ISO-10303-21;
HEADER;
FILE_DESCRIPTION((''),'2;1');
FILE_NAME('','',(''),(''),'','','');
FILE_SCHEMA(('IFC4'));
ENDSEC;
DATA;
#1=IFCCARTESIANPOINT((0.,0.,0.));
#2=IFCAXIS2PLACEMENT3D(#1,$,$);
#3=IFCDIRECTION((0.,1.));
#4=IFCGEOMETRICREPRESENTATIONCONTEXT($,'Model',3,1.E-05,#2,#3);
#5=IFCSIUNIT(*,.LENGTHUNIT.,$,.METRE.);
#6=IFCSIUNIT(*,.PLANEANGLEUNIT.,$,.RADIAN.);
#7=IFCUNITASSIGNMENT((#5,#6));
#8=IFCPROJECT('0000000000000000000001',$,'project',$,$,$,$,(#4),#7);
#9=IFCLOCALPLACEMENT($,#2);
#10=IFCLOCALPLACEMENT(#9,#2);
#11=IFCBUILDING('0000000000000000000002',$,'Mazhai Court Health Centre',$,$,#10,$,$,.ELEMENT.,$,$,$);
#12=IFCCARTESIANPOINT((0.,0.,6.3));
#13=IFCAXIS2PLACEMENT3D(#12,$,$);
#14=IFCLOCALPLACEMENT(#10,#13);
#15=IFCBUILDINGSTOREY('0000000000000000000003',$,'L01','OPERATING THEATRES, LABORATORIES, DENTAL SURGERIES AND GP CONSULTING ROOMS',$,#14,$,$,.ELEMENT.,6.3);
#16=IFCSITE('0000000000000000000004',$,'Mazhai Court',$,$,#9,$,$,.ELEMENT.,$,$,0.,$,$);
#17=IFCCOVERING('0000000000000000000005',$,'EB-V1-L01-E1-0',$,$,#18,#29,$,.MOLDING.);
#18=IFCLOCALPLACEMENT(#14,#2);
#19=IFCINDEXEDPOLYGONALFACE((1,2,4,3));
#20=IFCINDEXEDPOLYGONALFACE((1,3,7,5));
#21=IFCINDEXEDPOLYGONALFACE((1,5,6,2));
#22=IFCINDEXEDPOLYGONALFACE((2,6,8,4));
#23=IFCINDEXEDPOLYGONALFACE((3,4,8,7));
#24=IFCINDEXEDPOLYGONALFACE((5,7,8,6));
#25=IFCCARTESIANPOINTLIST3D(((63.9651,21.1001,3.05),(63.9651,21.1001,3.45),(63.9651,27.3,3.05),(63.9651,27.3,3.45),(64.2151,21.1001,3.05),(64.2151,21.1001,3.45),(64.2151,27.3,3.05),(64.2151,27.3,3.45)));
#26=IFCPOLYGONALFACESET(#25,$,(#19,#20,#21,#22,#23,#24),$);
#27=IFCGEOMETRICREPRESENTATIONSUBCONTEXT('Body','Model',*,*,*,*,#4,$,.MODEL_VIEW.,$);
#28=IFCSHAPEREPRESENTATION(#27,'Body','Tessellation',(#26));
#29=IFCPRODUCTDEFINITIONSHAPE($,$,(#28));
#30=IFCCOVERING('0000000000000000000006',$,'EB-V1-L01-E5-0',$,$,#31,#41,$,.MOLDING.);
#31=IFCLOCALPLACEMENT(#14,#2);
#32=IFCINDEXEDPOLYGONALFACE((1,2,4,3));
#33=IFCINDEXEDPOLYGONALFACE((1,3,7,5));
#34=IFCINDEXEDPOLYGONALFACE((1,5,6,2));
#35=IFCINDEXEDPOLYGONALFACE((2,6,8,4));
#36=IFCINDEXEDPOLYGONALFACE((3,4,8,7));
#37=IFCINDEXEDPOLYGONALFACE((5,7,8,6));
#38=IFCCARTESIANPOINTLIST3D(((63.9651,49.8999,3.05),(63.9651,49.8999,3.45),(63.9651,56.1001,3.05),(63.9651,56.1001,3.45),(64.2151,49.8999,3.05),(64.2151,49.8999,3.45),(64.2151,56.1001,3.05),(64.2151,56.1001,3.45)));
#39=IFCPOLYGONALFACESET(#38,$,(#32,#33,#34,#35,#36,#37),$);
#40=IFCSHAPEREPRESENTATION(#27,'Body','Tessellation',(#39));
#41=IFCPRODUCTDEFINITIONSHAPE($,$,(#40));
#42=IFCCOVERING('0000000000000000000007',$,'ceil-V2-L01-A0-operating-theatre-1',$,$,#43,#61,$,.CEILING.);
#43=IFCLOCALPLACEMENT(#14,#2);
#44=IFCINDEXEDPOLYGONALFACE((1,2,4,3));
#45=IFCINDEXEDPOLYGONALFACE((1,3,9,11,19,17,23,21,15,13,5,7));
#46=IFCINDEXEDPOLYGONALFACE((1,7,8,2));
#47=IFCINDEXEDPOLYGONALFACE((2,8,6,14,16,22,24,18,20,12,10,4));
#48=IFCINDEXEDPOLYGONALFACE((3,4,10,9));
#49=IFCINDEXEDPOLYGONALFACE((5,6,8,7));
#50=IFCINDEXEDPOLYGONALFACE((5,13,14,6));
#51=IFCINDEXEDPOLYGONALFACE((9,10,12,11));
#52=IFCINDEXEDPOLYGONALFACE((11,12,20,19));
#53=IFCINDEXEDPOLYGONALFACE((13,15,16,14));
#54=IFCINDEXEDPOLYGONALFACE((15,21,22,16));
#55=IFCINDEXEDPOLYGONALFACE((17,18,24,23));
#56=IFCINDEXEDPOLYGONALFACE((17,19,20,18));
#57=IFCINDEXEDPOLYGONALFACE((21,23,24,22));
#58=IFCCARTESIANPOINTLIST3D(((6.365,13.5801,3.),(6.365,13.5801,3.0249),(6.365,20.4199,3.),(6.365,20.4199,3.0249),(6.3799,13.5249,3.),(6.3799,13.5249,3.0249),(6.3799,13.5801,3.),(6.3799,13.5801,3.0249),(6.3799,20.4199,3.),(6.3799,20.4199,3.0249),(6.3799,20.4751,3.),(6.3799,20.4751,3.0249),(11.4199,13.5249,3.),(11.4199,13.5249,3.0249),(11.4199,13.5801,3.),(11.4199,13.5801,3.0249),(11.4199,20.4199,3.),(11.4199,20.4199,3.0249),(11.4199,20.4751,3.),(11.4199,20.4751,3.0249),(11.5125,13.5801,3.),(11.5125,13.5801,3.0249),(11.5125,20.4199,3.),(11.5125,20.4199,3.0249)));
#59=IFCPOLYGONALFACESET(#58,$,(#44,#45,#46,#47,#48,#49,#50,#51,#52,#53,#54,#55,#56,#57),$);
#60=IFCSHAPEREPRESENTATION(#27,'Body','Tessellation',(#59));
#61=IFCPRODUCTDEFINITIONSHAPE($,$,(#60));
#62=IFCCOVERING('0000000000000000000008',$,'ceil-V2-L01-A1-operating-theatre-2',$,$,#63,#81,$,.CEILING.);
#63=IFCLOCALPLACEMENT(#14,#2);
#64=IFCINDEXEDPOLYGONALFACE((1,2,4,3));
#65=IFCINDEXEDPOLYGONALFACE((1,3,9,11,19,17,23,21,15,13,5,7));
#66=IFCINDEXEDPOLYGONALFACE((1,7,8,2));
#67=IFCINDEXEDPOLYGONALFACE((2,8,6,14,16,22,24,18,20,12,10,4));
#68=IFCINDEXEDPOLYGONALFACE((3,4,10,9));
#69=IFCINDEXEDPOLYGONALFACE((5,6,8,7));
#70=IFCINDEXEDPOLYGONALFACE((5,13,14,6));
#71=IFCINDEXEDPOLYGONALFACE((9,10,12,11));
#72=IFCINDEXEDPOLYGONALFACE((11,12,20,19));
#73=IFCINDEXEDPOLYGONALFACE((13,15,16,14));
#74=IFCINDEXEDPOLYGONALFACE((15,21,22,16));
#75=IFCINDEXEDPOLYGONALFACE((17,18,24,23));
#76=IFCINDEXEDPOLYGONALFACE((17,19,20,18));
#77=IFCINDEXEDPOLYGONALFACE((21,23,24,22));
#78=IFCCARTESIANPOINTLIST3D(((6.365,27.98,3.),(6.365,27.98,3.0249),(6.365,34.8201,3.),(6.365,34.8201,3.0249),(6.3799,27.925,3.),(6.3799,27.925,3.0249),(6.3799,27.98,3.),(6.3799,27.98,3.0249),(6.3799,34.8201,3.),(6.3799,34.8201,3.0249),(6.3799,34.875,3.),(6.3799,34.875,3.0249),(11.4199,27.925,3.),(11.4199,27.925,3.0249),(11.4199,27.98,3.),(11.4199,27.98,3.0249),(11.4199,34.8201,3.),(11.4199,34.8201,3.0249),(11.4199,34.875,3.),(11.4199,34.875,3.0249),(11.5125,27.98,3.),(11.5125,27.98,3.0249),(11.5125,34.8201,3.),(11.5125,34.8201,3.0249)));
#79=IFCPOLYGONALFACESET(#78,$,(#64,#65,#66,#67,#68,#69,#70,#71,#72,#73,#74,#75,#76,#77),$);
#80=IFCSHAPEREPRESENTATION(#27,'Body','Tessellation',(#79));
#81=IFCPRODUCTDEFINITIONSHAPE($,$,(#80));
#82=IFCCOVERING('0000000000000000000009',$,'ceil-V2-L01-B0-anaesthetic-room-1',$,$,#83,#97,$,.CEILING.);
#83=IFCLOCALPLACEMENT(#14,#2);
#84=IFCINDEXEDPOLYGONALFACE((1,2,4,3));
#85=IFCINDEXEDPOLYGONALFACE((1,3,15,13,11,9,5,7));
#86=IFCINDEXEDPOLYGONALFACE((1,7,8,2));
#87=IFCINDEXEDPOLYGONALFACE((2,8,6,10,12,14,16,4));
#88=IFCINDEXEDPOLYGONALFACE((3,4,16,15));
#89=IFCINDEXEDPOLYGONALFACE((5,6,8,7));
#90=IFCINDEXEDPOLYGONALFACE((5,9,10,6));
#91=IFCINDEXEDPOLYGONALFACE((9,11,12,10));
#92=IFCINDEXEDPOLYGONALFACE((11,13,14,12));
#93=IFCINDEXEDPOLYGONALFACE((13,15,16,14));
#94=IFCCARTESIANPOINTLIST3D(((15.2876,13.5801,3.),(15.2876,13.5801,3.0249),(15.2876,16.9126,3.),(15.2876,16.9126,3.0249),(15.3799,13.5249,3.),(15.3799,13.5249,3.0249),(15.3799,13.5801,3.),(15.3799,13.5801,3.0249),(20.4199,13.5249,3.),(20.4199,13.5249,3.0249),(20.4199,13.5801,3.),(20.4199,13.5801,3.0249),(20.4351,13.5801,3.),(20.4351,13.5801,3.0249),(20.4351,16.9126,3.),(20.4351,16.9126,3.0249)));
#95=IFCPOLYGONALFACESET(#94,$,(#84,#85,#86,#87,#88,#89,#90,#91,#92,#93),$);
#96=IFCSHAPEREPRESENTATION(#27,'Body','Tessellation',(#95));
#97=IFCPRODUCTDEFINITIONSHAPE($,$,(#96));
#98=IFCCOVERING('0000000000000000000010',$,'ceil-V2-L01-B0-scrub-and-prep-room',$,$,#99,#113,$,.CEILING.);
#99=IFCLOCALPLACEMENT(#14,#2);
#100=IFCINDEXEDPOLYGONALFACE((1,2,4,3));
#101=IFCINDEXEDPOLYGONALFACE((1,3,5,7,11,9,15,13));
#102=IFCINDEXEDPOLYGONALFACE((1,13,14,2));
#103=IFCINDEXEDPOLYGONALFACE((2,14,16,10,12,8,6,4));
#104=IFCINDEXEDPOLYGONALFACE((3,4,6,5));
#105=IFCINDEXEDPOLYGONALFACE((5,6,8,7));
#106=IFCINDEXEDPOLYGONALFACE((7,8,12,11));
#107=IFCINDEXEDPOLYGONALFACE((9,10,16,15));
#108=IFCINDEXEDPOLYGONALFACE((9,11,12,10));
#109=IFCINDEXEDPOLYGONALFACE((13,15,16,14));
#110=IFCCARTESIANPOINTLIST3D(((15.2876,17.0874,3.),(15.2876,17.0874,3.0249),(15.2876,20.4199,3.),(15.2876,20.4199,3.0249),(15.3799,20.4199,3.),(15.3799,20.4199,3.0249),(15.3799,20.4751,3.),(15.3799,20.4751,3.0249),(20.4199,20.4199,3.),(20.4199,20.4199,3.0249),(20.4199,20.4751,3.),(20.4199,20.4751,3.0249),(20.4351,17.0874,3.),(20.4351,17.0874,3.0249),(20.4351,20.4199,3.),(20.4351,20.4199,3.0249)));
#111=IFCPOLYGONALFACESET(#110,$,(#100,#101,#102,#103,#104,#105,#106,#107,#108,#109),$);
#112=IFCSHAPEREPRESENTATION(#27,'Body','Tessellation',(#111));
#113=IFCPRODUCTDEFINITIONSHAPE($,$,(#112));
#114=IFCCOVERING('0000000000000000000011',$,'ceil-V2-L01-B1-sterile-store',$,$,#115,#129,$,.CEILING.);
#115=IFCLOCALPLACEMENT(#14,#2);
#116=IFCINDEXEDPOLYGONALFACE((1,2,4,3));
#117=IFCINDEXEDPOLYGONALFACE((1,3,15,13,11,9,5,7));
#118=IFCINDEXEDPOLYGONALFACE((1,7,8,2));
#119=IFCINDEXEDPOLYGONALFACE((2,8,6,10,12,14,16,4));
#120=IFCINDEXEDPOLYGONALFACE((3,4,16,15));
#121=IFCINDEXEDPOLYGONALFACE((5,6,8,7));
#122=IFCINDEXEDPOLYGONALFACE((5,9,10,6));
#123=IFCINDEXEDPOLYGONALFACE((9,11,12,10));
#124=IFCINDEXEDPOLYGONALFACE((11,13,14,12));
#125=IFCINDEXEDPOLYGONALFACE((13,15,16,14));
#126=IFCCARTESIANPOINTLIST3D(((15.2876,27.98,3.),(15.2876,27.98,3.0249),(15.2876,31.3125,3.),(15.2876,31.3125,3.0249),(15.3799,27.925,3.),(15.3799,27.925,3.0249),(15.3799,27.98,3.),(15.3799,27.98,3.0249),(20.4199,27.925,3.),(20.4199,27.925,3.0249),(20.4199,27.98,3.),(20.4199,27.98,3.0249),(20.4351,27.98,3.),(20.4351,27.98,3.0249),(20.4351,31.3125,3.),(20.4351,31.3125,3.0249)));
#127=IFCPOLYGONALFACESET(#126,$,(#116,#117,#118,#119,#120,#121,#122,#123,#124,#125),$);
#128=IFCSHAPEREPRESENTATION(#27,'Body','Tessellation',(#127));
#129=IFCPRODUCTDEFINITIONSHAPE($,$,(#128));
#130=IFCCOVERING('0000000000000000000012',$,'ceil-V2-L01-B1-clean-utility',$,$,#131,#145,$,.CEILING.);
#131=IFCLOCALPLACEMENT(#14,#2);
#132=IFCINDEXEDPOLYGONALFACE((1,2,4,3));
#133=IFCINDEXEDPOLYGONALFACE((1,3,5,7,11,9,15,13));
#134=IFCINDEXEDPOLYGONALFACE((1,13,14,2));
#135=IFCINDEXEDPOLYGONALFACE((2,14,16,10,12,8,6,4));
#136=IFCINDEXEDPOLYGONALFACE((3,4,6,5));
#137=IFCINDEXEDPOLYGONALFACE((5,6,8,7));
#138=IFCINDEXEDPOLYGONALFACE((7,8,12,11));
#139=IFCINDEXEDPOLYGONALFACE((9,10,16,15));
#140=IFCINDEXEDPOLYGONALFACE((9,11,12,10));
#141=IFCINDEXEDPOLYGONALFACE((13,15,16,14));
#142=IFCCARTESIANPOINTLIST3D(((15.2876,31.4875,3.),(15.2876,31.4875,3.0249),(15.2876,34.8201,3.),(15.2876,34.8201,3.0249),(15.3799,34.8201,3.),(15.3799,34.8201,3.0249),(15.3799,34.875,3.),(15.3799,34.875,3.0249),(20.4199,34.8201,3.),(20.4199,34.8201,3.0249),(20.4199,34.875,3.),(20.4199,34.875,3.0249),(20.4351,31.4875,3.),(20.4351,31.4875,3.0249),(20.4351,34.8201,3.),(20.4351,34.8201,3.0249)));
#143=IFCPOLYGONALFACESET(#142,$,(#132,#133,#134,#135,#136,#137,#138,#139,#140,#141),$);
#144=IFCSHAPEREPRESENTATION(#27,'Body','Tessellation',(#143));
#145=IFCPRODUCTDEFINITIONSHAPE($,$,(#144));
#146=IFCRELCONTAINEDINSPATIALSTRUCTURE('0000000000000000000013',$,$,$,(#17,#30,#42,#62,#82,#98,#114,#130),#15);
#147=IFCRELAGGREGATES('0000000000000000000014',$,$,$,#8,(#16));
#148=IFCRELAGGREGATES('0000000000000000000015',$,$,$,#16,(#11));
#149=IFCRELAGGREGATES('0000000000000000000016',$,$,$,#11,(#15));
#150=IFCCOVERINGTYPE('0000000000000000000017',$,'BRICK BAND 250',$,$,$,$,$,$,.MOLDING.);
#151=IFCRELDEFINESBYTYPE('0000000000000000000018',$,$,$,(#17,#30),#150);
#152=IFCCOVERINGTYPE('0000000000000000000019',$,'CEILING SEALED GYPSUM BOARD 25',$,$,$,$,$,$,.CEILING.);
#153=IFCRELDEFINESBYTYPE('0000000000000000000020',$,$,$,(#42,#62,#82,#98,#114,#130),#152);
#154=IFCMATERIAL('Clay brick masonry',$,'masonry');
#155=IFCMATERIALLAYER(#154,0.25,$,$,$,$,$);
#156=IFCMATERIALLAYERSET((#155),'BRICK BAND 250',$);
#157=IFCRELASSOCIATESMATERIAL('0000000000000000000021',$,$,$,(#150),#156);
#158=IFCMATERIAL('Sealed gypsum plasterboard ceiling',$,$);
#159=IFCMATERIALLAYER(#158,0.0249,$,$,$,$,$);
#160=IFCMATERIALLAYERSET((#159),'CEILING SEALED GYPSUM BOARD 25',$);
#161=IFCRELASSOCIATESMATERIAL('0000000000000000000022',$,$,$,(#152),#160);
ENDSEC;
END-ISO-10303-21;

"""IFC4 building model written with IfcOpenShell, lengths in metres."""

from ifc_helpers import new_model, si_unit, direction, frame, origin, place, context, subcontext, project, spatial, polyline, outline, extrude, material, layer, layer_set, type_object, element, save


model = new_model("IFC4")

# Units and contexts
model_context = context("Model", 3, precision=1e-05, world=origin(), true_north=direction((0.0, 1.0)))
body_context = subcontext(model_context, "Body", "Model", "MODEL_VIEW")
ifc_project = project(units=[si_unit("LENGTHUNIT", "METRE"), si_unit("PLANEANGLEUNIT", "RADIAN")], contexts=[model_context])

# Site, building, storey
site_placement = place(None, origin())
site = spatial("IfcSite", under=ifc_project, at=site_placement, Name="Mazhai Court", CompositionType="ELEMENT", RefElevation=0.0)
building_placement = place(site_placement, origin())
building = spatial("IfcBuilding", under=site, at=building_placement, Name="Mazhai Court Health Centre", CompositionType="ELEMENT")
storey_placement = place(building_placement, frame((0.0, 0.0, 6.3)))
storey = spatial("IfcBuildingStorey", under=building, at=storey_placement, Name="L01", Description="OPERATING THEATRES, LABORATORIES, DENTAL SURGERIES AND GP CONSULTING ROOMS", CompositionType="ELEMENT", Elevation=6.3)

# Coverings
ifc_material_1 = material(Name="Clay brick masonry", Category="masonry")
ifc_layer_1 = layer(ifc_material_1, 0.25)
ifc_layer_set_1 = layer_set([ifc_layer_1], Name="BRICK BAND 250")
covering_type_1 = type_object("IfcCoveringType", Name="BRICK BAND 250", PredefinedType="MOLDING", material=ifc_layer_set_1)
covering_1_placement = place(storey_placement, frame((0.0, 0.0, 3.05)))
element("IfcCovering", 1, at=covering_1_placement, inside=storey, type_object=covering_type_1, Name="EB-V1-L01-E1-0", PredefinedType="MOLDING", context=body_context, shape_type="SweptSolid", body=[
    extrude(outline(polyline([(63.9651, 27.3), (63.9651, 21.1001), (64.2151, 21.1001), (64.2151, 27.3), (63.9651, 27.3)])), origin(), (0.0, 0.0, 1.0), 0.3999),
])
covering_2_placement = place(storey_placement, frame((0.0, 0.0, 3.05)))
element("IfcCovering", 2, at=covering_2_placement, inside=storey, type_object=covering_type_1, Name="EB-V1-L01-E5-0", PredefinedType="MOLDING", context=body_context, shape_type="SweptSolid", body=[
    extrude(outline(polyline([(63.9651, 56.1001), (63.9651, 49.8999), (64.2151, 49.8999), (64.2151, 56.1001), (63.9651, 56.1001)])), origin(), (0.0, 0.0, 1.0), 0.3999),
])
ifc_material_2 = material(Name="Sealed gypsum plasterboard ceiling")
ifc_layer_2 = layer(ifc_material_2, 0.0249)
ifc_layer_set_2 = layer_set([ifc_layer_2], Name="CEILING SEALED GYPSUM BOARD 25")
covering_type_2 = type_object("IfcCoveringType", Name="CEILING SEALED GYPSUM BOARD 25", PredefinedType="CEILING", material=ifc_layer_set_2)
covering_3_placement = place(storey_placement, frame((0.0, 0.0, 3.0)))
element("IfcCovering", 3, at=covering_3_placement, inside=storey, type_object=covering_type_2, Name="ceil-V2-L01-A0-operating-theatre-1", PredefinedType="CEILING", context=body_context, shape_type="SweptSolid", body=[
    extrude(outline(polyline([(11.5125, 20.4199), (11.4199, 20.4199), (11.4199, 20.4751), (6.3799, 20.4751), (6.3799, 20.4199), (6.365, 20.4199), (6.365, 13.5801), (6.3799, 13.5801), (6.3799, 13.5249), (11.4199, 13.5249), (11.4199, 13.5801), (11.5125, 13.5801), (11.5125, 20.4199)])), origin(), (0.0, 0.0, 1.0), 0.0249),
])
covering_4_placement = place(storey_placement, frame((0.0, 0.0, 3.0)))
element("IfcCovering", 4, at=covering_4_placement, inside=storey, type_object=covering_type_2, Name="ceil-V2-L01-A1-operating-theatre-2", PredefinedType="CEILING", context=body_context, shape_type="SweptSolid", body=[
    extrude(outline(polyline([(11.5125, 34.8201), (11.4199, 34.8201), (11.4199, 34.875), (6.3799, 34.875), (6.3799, 34.8201), (6.365, 34.8201), (6.365, 27.98), (6.3799, 27.98), (6.3799, 27.925), (11.4199, 27.925), (11.4199, 27.98), (11.5125, 27.98), (11.5125, 34.8201)])), origin(), (0.0, 0.0, 1.0), 0.0249),
])
covering_5_placement = place(storey_placement, frame((0.0, 0.0, 3.0)))
element("IfcCovering", 5, at=covering_5_placement, inside=storey, type_object=covering_type_2, Name="ceil-V2-L01-B0-anaesthetic-room-1", PredefinedType="CEILING", context=body_context, shape_type="SweptSolid", body=[
    extrude(outline(polyline([(15.2876, 13.5801), (15.3799, 13.5801), (15.3799, 13.5249), (20.4199, 13.5249), (20.4199, 13.5801), (20.4351, 13.5801), (20.4351, 16.9126), (15.2876, 16.9126), (15.2876, 13.5801)])), origin(), (0.0, 0.0, 1.0), 0.0249),
])
covering_6_placement = place(storey_placement, frame((0.0, 0.0, 3.0)))
element("IfcCovering", 6, at=covering_6_placement, inside=storey, type_object=covering_type_2, Name="ceil-V2-L01-B0-scrub-and-prep-room", PredefinedType="CEILING", context=body_context, shape_type="SweptSolid", body=[
    extrude(outline(polyline([(20.4351, 20.4199), (20.4199, 20.4199), (20.4199, 20.4751), (15.3799, 20.4751), (15.3799, 20.4199), (15.2876, 20.4199), (15.2876, 17.0874), (20.4351, 17.0874), (20.4351, 20.4199)])), origin(), (0.0, 0.0, 1.0), 0.0249),
])
covering_7_placement = place(storey_placement, frame((0.0, 0.0, 3.0)))
element("IfcCovering", 7, at=covering_7_placement, inside=storey, type_object=covering_type_2, Name="ceil-V2-L01-B1-sterile-store", PredefinedType="CEILING", context=body_context, shape_type="SweptSolid", body=[
    extrude(outline(polyline([(15.2876, 27.98), (15.3799, 27.98), (15.3799, 27.925), (20.4199, 27.925), (20.4199, 27.98), (20.4351, 27.98), (20.4351, 31.3125), (15.2876, 31.3125), (15.2876, 27.98)])), origin(), (0.0, 0.0, 1.0), 0.0249),
])
covering_8_placement = place(storey_placement, frame((0.0, 0.0, 3.0)))
element("IfcCovering", 8, at=covering_8_placement, inside=storey, type_object=covering_type_2, Name="ceil-V2-L01-B1-clean-utility", PredefinedType="CEILING", context=body_context, shape_type="SweptSolid", body=[
    extrude(outline(polyline([(20.4351, 34.8201), (20.4199, 34.8201), (20.4199, 34.875), (15.3799, 34.875), (15.3799, 34.8201), (15.2876, 34.8201), (15.2876, 31.4875), (20.4351, 31.4875), (20.4351, 34.8201)])), origin(), (0.0, 0.0, 1.0), 0.0249),
])

save(model, "model.ifc")
